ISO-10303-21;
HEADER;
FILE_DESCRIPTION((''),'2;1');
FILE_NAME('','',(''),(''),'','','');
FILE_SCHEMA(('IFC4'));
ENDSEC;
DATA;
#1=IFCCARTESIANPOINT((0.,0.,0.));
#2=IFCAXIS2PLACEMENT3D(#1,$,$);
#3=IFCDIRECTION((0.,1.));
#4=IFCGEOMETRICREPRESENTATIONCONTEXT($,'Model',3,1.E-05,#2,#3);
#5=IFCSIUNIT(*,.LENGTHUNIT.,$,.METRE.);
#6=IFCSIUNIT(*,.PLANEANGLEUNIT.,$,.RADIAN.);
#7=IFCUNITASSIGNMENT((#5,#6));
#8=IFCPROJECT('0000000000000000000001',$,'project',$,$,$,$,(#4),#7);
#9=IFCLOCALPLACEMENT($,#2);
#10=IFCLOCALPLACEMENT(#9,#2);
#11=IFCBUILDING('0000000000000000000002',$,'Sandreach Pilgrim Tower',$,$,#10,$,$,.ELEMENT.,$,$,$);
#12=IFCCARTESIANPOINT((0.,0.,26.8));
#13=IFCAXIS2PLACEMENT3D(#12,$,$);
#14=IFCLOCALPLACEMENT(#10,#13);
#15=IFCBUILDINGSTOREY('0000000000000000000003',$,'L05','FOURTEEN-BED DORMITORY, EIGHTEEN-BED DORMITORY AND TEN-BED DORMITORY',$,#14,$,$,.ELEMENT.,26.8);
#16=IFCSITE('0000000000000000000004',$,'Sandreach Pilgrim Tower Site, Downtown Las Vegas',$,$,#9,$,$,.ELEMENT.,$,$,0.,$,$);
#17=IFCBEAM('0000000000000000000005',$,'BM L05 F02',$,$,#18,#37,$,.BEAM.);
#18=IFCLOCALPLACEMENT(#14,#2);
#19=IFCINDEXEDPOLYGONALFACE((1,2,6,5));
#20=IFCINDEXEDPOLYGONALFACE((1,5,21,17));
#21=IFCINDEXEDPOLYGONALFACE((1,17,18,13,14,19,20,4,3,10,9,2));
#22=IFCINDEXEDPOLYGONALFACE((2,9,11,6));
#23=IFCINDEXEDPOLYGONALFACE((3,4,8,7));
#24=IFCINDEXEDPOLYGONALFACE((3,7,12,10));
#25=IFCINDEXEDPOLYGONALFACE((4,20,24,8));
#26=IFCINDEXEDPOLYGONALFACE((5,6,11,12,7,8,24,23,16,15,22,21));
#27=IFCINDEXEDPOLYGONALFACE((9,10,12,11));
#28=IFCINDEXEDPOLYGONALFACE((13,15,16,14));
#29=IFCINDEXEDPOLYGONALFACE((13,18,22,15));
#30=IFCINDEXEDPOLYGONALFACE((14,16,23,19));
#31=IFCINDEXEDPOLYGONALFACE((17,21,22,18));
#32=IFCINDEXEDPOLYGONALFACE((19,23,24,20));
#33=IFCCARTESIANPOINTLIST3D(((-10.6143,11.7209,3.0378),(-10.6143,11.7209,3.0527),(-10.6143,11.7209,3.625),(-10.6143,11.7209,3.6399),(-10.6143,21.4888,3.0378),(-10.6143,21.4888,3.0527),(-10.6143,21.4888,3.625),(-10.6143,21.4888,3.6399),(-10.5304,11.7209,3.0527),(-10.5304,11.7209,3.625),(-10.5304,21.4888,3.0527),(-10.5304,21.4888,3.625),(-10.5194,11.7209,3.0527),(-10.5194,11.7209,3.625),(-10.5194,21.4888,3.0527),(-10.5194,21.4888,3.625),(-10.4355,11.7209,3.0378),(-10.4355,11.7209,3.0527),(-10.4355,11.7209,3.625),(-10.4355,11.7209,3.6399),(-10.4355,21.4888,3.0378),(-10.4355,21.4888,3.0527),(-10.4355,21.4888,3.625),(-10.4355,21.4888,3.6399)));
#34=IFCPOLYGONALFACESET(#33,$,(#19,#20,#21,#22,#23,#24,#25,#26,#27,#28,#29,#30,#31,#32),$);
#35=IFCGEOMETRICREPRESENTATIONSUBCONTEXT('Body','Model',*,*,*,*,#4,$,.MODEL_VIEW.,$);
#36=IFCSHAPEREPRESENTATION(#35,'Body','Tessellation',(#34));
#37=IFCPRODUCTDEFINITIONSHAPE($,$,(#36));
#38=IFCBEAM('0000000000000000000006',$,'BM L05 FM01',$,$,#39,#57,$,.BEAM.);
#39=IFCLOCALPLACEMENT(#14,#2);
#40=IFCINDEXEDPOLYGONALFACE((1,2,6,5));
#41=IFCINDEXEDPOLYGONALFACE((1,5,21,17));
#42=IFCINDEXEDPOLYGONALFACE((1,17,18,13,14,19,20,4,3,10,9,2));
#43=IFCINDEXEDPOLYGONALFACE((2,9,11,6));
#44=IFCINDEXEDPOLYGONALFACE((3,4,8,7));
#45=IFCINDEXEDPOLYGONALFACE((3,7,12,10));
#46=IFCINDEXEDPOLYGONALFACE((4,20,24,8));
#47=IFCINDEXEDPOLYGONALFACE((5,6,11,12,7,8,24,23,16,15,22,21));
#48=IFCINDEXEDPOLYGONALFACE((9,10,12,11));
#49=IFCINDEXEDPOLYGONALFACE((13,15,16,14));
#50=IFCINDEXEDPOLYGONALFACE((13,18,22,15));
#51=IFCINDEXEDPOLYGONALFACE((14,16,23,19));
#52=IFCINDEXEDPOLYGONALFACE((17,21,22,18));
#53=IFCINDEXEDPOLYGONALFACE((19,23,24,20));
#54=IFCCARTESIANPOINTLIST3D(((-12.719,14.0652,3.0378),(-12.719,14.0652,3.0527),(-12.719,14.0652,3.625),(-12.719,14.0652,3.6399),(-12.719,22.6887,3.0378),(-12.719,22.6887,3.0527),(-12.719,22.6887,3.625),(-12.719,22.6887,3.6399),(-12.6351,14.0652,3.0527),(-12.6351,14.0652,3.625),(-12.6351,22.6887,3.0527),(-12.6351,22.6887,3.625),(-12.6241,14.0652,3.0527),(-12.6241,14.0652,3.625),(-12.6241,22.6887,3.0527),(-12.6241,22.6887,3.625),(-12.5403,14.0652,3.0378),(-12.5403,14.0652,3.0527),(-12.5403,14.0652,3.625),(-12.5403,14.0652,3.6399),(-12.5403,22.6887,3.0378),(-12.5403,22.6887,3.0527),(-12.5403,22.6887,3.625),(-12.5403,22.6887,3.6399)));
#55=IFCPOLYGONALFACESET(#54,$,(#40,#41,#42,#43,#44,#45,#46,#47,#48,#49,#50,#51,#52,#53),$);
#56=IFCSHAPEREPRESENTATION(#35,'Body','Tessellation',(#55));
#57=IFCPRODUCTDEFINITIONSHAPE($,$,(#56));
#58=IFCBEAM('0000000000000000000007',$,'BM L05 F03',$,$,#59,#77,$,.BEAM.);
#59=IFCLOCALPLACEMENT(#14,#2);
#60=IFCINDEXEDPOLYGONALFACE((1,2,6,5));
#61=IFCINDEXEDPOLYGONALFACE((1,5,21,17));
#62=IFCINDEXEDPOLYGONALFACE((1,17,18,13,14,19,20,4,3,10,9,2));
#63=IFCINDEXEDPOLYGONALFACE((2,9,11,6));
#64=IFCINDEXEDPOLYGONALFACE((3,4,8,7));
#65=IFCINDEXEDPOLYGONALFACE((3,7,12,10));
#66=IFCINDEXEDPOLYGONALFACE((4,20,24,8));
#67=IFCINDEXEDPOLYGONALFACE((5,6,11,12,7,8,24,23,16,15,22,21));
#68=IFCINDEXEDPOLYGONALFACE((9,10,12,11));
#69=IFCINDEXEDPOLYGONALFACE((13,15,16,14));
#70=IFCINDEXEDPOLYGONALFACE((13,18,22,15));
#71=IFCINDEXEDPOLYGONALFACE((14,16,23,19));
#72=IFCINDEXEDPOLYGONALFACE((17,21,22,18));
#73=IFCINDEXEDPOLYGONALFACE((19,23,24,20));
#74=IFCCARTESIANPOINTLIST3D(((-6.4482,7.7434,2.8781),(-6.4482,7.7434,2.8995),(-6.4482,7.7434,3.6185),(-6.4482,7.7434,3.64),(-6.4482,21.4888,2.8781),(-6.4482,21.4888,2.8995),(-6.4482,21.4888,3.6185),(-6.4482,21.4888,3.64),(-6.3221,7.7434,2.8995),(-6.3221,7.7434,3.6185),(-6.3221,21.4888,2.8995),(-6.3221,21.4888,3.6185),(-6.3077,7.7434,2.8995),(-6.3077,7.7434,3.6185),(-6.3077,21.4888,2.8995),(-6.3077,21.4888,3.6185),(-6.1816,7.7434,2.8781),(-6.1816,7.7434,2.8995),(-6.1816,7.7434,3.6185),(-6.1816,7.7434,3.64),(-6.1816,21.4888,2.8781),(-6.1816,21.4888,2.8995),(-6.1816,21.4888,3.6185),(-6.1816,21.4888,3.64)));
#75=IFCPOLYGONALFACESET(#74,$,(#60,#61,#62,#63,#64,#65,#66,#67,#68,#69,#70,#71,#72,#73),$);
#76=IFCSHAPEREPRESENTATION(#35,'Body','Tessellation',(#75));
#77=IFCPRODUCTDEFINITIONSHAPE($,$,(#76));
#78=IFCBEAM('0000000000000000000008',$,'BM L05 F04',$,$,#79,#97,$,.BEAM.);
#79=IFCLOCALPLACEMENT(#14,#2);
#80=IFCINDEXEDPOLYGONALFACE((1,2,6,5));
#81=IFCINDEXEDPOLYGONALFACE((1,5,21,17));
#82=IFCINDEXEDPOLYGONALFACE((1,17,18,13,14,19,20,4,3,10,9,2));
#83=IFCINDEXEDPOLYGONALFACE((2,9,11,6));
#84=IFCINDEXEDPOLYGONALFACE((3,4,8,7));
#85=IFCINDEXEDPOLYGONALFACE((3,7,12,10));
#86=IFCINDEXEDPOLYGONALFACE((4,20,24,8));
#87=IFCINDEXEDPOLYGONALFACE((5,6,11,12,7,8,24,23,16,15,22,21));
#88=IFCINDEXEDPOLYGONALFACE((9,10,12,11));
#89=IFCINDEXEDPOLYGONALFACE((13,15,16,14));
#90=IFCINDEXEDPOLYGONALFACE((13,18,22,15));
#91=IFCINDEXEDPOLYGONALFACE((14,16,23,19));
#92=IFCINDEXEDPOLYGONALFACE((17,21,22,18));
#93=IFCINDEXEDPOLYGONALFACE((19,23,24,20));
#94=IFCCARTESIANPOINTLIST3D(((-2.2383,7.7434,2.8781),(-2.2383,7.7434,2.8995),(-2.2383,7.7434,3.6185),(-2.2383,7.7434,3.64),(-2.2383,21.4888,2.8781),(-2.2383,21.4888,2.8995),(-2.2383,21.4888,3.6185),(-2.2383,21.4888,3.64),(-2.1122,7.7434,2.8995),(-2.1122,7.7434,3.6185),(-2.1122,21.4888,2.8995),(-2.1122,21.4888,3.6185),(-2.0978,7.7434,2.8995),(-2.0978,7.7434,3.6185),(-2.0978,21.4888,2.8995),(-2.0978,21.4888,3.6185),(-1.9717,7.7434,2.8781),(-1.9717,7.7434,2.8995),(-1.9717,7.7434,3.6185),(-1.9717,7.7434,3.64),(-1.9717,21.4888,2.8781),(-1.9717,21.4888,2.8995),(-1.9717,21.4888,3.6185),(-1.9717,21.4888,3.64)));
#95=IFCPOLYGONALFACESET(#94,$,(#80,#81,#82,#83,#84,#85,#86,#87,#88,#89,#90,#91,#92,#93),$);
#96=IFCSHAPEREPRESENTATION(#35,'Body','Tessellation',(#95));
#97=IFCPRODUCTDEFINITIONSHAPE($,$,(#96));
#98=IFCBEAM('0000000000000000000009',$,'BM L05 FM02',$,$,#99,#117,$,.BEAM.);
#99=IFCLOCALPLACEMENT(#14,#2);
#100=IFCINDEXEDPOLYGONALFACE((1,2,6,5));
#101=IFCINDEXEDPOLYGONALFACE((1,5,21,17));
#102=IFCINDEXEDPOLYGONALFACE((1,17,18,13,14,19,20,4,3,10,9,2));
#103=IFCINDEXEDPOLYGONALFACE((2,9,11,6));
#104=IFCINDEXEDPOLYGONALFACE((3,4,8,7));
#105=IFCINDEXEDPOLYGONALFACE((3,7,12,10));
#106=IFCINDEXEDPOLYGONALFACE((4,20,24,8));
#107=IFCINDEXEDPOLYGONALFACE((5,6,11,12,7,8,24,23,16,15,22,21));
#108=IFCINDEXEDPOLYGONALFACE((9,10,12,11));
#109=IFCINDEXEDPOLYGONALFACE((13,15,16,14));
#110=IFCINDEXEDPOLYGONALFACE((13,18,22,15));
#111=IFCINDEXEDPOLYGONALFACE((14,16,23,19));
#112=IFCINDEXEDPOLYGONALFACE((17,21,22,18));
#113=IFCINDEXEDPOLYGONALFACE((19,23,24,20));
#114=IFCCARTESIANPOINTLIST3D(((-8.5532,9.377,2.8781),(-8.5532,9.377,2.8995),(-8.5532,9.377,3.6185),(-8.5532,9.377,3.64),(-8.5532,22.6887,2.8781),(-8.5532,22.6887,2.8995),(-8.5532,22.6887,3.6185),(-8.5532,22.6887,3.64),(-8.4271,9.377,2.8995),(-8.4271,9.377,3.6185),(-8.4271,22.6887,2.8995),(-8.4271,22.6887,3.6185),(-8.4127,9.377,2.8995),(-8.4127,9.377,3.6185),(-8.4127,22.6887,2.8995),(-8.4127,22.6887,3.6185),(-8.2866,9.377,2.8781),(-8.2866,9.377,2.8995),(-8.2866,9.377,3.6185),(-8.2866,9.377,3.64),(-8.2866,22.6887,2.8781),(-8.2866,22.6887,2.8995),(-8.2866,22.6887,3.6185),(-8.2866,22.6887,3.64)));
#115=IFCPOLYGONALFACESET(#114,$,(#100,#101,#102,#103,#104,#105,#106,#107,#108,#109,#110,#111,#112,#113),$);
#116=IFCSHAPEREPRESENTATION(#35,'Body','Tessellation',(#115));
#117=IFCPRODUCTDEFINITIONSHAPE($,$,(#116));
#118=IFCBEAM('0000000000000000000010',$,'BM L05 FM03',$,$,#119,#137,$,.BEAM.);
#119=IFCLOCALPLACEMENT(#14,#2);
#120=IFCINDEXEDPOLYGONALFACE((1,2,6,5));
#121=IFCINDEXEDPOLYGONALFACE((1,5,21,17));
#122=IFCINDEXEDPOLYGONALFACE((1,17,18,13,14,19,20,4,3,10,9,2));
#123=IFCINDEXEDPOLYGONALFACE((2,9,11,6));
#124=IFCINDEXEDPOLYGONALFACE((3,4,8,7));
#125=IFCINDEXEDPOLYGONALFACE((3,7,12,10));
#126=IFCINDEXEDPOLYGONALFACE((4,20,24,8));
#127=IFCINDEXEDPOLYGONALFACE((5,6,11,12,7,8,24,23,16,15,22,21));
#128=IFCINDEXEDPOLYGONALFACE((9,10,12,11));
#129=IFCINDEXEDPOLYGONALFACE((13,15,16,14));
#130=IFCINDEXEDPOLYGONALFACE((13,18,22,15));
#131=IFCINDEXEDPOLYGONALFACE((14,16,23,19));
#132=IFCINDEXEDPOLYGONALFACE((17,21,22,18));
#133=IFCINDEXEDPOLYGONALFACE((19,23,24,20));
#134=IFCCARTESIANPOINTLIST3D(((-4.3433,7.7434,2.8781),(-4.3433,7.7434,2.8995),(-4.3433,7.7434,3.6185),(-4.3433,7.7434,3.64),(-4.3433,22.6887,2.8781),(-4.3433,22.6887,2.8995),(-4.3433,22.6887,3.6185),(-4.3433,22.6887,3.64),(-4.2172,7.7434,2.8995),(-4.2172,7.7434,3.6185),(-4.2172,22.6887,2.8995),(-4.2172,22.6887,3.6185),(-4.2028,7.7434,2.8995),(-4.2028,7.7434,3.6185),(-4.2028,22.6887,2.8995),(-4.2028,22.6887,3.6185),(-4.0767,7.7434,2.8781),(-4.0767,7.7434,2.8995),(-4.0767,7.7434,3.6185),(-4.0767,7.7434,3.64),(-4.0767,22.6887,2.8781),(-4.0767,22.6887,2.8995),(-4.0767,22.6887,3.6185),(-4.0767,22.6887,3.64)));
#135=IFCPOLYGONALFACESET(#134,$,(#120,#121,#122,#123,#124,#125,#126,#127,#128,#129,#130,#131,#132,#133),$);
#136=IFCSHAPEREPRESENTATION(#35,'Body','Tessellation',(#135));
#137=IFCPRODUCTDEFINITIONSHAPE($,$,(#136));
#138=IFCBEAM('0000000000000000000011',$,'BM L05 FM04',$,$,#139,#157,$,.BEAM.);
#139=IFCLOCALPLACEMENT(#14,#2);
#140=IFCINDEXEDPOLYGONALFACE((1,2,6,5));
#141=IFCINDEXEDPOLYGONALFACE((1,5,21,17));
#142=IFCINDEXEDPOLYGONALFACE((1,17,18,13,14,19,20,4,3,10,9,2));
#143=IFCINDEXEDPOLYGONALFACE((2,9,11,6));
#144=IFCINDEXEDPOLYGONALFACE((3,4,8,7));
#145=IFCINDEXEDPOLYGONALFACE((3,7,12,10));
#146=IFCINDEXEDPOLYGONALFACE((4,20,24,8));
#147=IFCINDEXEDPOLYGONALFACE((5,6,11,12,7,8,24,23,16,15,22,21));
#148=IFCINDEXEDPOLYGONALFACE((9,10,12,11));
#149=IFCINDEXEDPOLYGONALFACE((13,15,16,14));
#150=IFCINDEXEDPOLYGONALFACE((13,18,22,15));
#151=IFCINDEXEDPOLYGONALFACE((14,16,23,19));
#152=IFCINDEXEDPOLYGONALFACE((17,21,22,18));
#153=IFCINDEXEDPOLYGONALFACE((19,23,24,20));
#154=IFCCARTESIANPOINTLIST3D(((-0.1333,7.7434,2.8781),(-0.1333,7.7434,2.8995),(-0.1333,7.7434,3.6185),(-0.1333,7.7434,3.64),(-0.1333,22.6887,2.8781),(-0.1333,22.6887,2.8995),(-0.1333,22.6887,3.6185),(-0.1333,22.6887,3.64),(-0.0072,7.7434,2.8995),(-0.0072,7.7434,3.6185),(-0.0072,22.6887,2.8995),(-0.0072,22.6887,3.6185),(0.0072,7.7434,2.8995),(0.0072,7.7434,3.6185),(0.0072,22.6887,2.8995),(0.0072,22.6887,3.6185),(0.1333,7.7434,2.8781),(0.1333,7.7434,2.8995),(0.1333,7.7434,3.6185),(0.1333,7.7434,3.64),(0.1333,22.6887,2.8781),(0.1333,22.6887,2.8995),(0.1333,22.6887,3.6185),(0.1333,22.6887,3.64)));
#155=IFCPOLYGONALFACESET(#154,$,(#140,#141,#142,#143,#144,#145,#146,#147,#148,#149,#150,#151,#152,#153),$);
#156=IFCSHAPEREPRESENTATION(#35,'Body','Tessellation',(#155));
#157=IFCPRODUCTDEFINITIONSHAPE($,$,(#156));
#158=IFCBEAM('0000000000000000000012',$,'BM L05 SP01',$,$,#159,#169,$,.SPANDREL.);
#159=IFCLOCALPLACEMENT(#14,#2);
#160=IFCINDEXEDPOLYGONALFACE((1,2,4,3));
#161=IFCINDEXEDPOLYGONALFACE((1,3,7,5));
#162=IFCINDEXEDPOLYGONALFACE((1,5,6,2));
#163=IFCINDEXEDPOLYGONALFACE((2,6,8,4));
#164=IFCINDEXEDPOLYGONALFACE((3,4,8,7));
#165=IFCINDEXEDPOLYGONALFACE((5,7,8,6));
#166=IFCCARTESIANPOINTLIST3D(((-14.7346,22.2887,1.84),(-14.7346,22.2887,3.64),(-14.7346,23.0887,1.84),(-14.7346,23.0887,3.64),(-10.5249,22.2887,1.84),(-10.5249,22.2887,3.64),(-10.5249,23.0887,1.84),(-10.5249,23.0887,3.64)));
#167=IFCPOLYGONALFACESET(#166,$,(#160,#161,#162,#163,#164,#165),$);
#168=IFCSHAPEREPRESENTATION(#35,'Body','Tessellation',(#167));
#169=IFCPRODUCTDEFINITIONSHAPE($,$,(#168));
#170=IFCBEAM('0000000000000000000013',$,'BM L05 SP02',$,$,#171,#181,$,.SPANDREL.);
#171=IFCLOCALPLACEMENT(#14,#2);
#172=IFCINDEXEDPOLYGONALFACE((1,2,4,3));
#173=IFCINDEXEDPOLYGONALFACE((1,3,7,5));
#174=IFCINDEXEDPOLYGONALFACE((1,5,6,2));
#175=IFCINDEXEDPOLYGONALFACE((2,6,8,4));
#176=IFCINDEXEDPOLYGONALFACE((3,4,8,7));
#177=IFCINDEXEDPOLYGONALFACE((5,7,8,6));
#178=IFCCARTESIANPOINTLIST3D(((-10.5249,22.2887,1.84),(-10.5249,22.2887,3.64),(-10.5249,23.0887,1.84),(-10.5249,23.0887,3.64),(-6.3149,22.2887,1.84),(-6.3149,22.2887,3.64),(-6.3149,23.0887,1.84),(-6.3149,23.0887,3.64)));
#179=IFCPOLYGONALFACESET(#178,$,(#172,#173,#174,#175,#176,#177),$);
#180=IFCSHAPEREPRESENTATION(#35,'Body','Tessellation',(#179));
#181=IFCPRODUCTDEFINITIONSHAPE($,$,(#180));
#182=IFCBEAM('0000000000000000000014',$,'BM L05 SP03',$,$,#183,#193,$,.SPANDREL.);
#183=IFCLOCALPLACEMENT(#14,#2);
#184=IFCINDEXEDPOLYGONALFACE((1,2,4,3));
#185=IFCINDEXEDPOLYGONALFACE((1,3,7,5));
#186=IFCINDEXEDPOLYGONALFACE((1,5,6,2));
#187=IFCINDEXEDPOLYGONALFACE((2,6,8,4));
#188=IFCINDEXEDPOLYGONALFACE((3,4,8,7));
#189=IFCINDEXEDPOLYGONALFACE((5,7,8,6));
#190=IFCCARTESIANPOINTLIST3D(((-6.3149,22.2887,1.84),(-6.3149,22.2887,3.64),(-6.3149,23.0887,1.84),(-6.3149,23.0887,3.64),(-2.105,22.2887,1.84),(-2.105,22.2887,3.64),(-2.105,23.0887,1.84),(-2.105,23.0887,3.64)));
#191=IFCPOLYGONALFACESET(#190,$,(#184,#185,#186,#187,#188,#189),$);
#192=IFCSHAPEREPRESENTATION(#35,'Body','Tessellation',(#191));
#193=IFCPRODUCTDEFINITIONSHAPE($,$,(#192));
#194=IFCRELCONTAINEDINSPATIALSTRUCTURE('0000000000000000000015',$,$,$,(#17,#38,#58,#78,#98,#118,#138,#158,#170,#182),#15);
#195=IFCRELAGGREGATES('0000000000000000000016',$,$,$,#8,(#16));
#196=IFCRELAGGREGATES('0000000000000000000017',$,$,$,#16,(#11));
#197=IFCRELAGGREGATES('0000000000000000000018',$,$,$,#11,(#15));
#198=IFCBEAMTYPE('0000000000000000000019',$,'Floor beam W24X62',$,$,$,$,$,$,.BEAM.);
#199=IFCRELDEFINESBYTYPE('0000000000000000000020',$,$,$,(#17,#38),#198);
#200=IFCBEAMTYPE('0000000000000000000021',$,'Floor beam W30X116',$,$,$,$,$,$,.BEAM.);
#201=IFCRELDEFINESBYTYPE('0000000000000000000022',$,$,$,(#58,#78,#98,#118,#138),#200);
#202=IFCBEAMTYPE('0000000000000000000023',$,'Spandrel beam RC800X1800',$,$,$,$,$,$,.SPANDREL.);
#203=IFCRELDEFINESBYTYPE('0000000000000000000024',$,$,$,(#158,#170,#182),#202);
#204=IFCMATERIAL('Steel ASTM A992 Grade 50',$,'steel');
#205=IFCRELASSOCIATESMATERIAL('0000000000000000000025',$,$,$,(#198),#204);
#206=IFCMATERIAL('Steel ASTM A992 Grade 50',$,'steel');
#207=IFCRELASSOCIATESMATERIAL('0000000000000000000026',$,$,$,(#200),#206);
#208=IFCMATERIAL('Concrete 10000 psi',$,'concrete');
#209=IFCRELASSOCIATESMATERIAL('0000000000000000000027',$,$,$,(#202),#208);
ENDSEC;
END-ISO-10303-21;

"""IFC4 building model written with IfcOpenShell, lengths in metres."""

from ifc_helpers import new_model, si_unit, direction, frame, origin, origin_2d, place, context, subcontext, project, spatial, rectangle, i_section, extrude, material, material_profile, profile_set, type_object, element, save


model = new_model("IFC4")

# Units and contexts
model_context = context("Model", 3, precision=1e-05, world=origin(), true_north=direction((0.0, 1.0)))
body_context = subcontext(model_context, "Body", "Model", "MODEL_VIEW")
ifc_project = project(units=[si_unit("LENGTHUNIT", "METRE"), si_unit("PLANEANGLEUNIT", "RADIAN")], contexts=[model_context])

# Site, building, storey
site_placement = place(None, origin())
site = spatial("IfcSite", under=ifc_project, at=site_placement, Name="Sandreach Pilgrim Tower Site, Downtown Las Vegas", CompositionType="ELEMENT", RefElevation=0.0)
building_placement = place(site_placement, origin())
building = spatial("IfcBuilding", under=site, at=building_placement, Name="Sandreach Pilgrim Tower", CompositionType="ELEMENT")
storey_placement = place(building_placement, frame((0.0, 0.0, 26.8)))
storey = spatial("IfcBuildingStorey", under=building, at=storey_placement, Name="L05", Description="FOURTEEN-BED DORMITORY, EIGHTEEN-BED DORMITORY AND TEN-BED DORMITORY", CompositionType="ELEMENT", Elevation=26.8)

# Beams
ifc_material_1 = material(Name="Steel ASTM A992 Grade 50", Category="steel")
ifc_material_profile_1 = material_profile(ifc_material_1, i_section(OverallWidth=0.1787, OverallDepth=0.6021, WebThickness=0.011, FlangeThickness=0.0149, at=origin_2d()), Name="W24X62")
ifc_profile_set_1 = profile_set([ifc_material_profile_1], Name="Steel ASTM A992 Grade 50")
beam_type_1 = type_object("IfcBeamType", Name="Floor beam W24X62", PredefinedType="BEAM", material=ifc_profile_set_1)
beam_1_placement = place(storey_placement, frame((-10.5249, 21.4888, 3.3389), z_axis=(0.0, -1.0, 0.0), x_axis=(1.0, 0.0, 0.0)))
element("IfcBeam", 1, at=beam_1_placement, inside=storey, type_object=beam_type_1, Name="BM L05 F02", PredefinedType="BEAM", context=body_context, shape_type="SweptSolid", body=[
    extrude(i_section(OverallWidth=0.1787, OverallDepth=0.6021, WebThickness=0.011, FlangeThickness=0.0149, at=origin_2d()), origin(), (0.0, 0.0, 1.0), 9.7678),
])
beam_2_placement = place(storey_placement, frame((-12.6296, 22.6887, 3.3389), z_axis=(0.0, -1.0, 0.0), x_axis=(1.0, 0.0, 0.0)))
element("IfcBeam", 2, at=beam_2_placement, inside=storey, type_object=beam_type_1, Name="BM L05 FM01", PredefinedType="BEAM", context=body_context, shape_type="SweptSolid", body=[
    extrude(i_section(OverallWidth=0.1787, OverallDepth=0.6021, WebThickness=0.011, FlangeThickness=0.0149, at=origin_2d()), origin(), (0.0, 0.0, 1.0), 8.6235),
])
ifc_material_2 = material(Name="Steel ASTM A992 Grade 50", Category="steel")
ifc_material_profile_2 = material_profile(ifc_material_2, i_section(OverallWidth=0.2666, OverallDepth=0.762, WebThickness=0.0144, FlangeThickness=0.0215, at=origin_2d()), Name="W30X116")
ifc_profile_set_2 = profile_set([ifc_material_profile_2], Name="Steel ASTM A992 Grade 50")
beam_type_2 = type_object("IfcBeamType", Name="Floor beam W30X116", PredefinedType="BEAM", material=ifc_profile_set_2)
for number, where, z_axis, x_axis, name in (
    (3, (-6.3149, 21.4888, 3.259), (0.0, -1.0, 0.0), (1.0, 0.0, 0.0), "BM L05 F03"),
    (4, (-2.105, 21.4888, 3.259), (0.0, -1.0, 0.0), (1.0, 0.0, 0.0), "BM L05 F04"),
):
    element("IfcBeam", number, at=place(storey_placement, frame(where, z_axis=z_axis, x_axis=x_axis)), inside=storey, type_object=beam_type_2, Name=name, PredefinedType="BEAM", context=body_context, shape_type="SweptSolid", body=[
        extrude(i_section(OverallWidth=0.2666, OverallDepth=0.762, WebThickness=0.0144, FlangeThickness=0.0215, at=origin_2d()), origin(), (0.0, 0.0, 1.0), 13.7454),
    ])
beam_3_placement = place(storey_placement, frame((-8.4199, 22.6887, 3.259), z_axis=(0.0, -1.0, 0.0), x_axis=(1.0, 0.0, 0.0)))
element("IfcBeam", 5, at=beam_3_placement, inside=storey, type_object=beam_type_2, Name="BM L05 FM02", PredefinedType="BEAM", context=body_context, shape_type="SweptSolid", body=[
    extrude(i_section(OverallWidth=0.2666, OverallDepth=0.762, WebThickness=0.0144, FlangeThickness=0.0215, at=origin_2d()), origin(), (0.0, 0.0, 1.0), 13.3118),
])
for number, where, z_axis, x_axis, name in (
    (6, (-4.21, 22.6887, 3.259), (0.0, -1.0, 0.0), (1.0, 0.0, 0.0), "BM L05 FM03"),
    (7, (0.0, 22.6887, 3.259), (0.0, -1.0, 0.0), (1.0, 0.0, 0.0), "BM L05 FM04"),
):
    element("IfcBeam", number, at=place(storey_placement, frame(where, z_axis=z_axis, x_axis=x_axis)), inside=storey, type_object=beam_type_2, Name=name, PredefinedType="BEAM", context=body_context, shape_type="SweptSolid", body=[
        extrude(i_section(OverallWidth=0.2666, OverallDepth=0.762, WebThickness=0.0144, FlangeThickness=0.0215, at=origin_2d()), origin(), (0.0, 0.0, 1.0), 14.9453),
    ])
ifc_material_3 = material(Name="Concrete 10000 psi", Category="concrete")
ifc_material_profile_3 = material_profile(ifc_material_3, rectangle(XDim=0.8, YDim=1.8, at=origin_2d()), Name="RC800X1800")
ifc_profile_set_3 = profile_set([ifc_material_profile_3], Name="Concrete 10000 psi")
beam_type_3 = type_object("IfcBeamType", Name="Spandrel beam RC800X1800", PredefinedType="SPANDREL", material=ifc_profile_set_3)
beam_4_placement = place(storey_placement, frame((-14.7346, 22.6887, 2.74), z_axis=(1.0, 0.0, 0.0), x_axis=(0.0, 1.0, 0.0)))
element("IfcBeam", 8, at=beam_4_placement, inside=storey, type_object=beam_type_3, Name="BM L05 SP01", PredefinedType="SPANDREL", context=body_context, shape_type="SweptSolid", body=[
    extrude(rectangle(XDim=0.8, YDim=1.8, at=origin_2d()), origin(), (0.0, 0.0, 1.0), 4.2097),
])
for number, where, z_axis, x_axis, name in (
    (9, (-10.5249, 22.6887, 2.74), (1.0, 0.0, 0.0), (0.0, 1.0, 0.0), "BM L05 SP02"),
    (10, (-6.3149, 22.6887, 2.74), (1.0, 0.0, 0.0), (0.0, 1.0, 0.0), "BM L05 SP03"),
):
    element("IfcBeam", number, at=place(storey_placement, frame(where, z_axis=z_axis, x_axis=x_axis)), inside=storey, type_object=beam_type_3, Name=name, PredefinedType="SPANDREL", context=body_context, shape_type="SweptSolid", body=[
        extrude(rectangle(XDim=0.8, YDim=1.8, at=origin_2d()), origin(), (0.0, 0.0, 1.0), 4.21),
    ])

save(model, "model.ifc")
